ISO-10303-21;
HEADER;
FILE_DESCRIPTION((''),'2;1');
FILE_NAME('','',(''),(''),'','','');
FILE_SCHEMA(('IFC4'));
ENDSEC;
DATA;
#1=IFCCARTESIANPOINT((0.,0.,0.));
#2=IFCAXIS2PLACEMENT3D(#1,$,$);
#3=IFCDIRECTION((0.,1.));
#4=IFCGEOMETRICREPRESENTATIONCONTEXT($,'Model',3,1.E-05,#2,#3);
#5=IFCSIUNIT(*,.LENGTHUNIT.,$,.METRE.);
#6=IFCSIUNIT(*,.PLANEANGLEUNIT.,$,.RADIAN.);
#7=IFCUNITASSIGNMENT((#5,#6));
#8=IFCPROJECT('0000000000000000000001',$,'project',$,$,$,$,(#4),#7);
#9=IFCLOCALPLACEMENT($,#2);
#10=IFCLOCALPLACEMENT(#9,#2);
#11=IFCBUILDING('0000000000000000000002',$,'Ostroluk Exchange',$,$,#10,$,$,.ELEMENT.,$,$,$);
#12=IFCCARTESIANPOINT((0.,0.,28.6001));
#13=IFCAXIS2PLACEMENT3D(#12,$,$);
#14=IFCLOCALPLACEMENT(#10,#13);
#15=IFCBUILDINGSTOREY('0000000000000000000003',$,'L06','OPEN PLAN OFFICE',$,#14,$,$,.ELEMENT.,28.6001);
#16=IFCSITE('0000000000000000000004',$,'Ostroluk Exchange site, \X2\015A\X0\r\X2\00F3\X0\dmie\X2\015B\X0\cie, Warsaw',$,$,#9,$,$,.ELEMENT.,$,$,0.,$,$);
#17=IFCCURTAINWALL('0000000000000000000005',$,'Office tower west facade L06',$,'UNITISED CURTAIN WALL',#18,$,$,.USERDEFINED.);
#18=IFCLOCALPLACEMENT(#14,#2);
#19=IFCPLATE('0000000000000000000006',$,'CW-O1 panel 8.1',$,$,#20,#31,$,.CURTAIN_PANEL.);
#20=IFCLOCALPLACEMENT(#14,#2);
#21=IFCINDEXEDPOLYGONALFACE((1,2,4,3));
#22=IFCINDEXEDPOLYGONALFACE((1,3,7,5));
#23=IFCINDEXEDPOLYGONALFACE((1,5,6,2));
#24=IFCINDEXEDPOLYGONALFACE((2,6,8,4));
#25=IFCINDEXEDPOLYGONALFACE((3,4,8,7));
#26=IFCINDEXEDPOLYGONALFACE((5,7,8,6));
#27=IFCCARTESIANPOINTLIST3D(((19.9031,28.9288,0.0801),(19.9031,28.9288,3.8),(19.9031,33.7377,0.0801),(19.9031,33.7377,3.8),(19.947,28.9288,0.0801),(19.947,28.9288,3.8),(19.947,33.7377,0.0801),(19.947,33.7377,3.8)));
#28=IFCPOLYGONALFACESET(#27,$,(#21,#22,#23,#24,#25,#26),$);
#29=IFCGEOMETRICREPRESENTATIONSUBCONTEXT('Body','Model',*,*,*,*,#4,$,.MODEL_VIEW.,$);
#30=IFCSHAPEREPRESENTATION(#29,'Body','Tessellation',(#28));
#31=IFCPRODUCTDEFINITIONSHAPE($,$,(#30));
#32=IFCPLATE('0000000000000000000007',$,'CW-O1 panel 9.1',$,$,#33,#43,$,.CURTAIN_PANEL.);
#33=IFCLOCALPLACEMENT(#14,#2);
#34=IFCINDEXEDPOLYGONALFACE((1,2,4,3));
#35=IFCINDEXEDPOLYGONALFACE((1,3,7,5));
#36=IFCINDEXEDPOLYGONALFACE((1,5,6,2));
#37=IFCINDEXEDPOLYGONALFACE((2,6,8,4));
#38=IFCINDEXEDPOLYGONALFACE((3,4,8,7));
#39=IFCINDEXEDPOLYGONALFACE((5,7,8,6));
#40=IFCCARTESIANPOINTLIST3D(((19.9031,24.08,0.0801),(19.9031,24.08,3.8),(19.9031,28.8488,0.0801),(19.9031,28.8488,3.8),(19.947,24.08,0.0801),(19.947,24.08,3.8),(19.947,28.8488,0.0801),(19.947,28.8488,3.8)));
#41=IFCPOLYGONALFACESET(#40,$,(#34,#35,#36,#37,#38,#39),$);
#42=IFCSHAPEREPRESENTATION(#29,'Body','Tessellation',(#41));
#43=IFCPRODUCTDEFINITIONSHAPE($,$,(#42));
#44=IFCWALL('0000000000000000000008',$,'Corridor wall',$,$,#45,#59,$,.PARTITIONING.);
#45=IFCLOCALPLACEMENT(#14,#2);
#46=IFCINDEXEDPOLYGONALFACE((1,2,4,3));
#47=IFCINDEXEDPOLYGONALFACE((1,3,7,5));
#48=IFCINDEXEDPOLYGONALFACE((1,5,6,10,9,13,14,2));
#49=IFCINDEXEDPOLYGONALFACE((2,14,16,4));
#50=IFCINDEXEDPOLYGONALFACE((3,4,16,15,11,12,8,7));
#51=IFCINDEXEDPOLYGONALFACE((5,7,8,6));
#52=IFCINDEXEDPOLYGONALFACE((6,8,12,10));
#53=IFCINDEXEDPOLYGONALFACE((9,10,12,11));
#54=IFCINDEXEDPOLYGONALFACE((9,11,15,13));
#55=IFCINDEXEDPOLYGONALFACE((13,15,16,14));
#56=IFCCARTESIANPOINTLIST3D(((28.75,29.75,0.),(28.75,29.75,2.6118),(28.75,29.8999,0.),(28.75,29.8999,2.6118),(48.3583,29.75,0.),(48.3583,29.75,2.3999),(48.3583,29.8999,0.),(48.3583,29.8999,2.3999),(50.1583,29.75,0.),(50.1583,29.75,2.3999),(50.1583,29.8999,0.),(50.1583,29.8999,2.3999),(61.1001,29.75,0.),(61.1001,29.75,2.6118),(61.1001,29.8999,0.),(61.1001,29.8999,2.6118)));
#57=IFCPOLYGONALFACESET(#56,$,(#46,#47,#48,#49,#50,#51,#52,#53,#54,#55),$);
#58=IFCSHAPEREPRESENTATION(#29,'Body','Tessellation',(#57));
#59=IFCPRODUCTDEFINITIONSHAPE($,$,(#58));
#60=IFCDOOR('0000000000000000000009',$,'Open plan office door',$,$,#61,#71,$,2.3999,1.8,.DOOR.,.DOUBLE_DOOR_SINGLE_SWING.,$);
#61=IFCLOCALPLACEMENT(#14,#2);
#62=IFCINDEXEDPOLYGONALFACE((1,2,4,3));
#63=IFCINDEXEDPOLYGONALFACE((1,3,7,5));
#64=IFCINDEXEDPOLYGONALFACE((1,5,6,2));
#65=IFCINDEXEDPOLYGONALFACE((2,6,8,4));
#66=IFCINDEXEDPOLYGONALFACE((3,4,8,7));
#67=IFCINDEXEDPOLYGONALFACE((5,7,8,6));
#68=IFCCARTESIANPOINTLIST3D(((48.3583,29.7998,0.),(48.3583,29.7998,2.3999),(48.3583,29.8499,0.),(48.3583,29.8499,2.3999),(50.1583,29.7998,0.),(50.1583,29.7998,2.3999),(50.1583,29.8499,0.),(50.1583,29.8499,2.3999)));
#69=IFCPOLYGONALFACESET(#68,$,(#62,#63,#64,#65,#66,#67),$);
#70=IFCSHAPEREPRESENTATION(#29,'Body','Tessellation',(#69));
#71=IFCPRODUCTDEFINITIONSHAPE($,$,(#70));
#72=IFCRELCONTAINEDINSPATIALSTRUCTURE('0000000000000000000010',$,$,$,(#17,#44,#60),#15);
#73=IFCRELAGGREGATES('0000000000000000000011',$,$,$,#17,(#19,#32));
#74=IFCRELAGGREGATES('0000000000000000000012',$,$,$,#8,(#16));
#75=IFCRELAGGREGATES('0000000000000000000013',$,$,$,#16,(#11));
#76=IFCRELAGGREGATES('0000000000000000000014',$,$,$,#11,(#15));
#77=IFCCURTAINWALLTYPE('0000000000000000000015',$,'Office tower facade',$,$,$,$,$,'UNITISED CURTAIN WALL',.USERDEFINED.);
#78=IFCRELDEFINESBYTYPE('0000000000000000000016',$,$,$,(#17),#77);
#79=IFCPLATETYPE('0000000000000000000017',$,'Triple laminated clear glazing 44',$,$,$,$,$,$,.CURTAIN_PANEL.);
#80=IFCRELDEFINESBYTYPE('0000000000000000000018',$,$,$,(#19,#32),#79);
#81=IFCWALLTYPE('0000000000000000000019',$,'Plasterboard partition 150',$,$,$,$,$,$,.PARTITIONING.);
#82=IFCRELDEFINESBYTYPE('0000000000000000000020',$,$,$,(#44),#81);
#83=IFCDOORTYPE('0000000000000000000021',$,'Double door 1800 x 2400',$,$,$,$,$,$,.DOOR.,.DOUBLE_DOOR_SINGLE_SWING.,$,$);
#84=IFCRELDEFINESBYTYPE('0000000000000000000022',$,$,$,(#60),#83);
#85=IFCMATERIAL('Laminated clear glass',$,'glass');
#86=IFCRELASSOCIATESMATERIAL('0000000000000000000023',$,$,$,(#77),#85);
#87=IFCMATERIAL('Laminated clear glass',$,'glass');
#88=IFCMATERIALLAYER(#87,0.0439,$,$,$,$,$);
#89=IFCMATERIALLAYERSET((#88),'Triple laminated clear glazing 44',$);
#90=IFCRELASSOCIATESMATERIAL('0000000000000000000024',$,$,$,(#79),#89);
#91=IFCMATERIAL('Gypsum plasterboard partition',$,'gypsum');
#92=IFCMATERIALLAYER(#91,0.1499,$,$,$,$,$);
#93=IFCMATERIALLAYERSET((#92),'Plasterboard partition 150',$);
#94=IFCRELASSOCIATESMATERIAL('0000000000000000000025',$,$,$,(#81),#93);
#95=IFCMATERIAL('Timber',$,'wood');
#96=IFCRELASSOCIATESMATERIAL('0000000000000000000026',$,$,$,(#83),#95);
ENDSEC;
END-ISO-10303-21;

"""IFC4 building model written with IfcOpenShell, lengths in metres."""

from ifc_helpers import new_model, si_unit, direction, frame, frame_2d, origin, origin_2d, place, context, subcontext, project, spatial, rectangle, extrude, material, layer, layer_set, type_object, element, fill, aggregate, save


model = new_model("IFC4")

# Units and contexts
model_context = context("Model", 3, precision=1e-05, world=origin(), true_north=direction((0.0, 1.0)))
body_context = subcontext(model_context, "Body", "Model", "MODEL_VIEW")
ifc_project = project(units=[si_unit("LENGTHUNIT", "METRE"), si_unit("PLANEANGLEUNIT", "RADIAN")], contexts=[model_context])

# Site, building, storey
site_placement = place(None, origin())
site = spatial("IfcSite", under=ifc_project, at=site_placement, Name="Ostroluk Exchange site, Śródmieście, Warsaw", CompositionType="ELEMENT", RefElevation=0.0)
building_placement = place(site_placement, origin())
building = spatial("IfcBuilding", under=site, at=building_placement, Name="Ostroluk Exchange", CompositionType="ELEMENT")
storey_placement = place(building_placement, frame((0.0, 0.0, 28.6001)))
storey = spatial("IfcBuildingStorey", under=building, at=storey_placement, Name="L06", Description="OPEN PLAN OFFICE", CompositionType="ELEMENT", Elevation=28.6001)

# Curtain wall, plates
ifc_material_1 = material(Name="Laminated clear glass", Category="glass")
curtain_wall_type = type_object("IfcCurtainWallType", Name="Office tower facade", ElementType="UNITISED CURTAIN WALL", PredefinedType="USERDEFINED", material=ifc_material_1)
curtain_wall_placement = place(storey_placement, origin())
curtain_wall = element("IfcCurtainWall", 1, at=curtain_wall_placement, inside=storey, type_object=curtain_wall_type, Name="Office tower west facade L06", ObjectType="UNITISED CURTAIN WALL", PredefinedType="USERDEFINED")
ifc_material_2 = material(Name="Laminated clear glass", Category="glass")
ifc_layer_1 = layer(ifc_material_2, 0.0439)
ifc_layer_set_1 = layer_set([ifc_layer_1], Name="Triple laminated clear glazing 44")
plate_type = type_object("IfcPlateType", Name="Triple laminated clear glazing 44", PredefinedType="CURTAIN_PANEL", material=ifc_layer_set_1)
plate_1_placement = place(storey_placement, frame((19.925, 31.3333, 0.0801), z_axis=(0.0, 0.0, 1.0), x_axis=(0.0, -1.0, 0.0)))
plate_1 = element("IfcPlate", 2, at=plate_1_placement, type_object=plate_type, Name="CW-O1 panel 8.1", PredefinedType="CURTAIN_PANEL", context=body_context, shape_type="SweptSolid", body=[
    extrude(rectangle(XDim=4.8088, YDim=0.0439, at=origin_2d()), origin(), (0.0, 0.0, 1.0), 3.72),
])
plate_2_placement = place(storey_placement, frame((19.925, 26.4644, 0.0801), z_axis=(0.0, 0.0, 1.0), x_axis=(0.0, -1.0, 0.0)))
plate_2 = element("IfcPlate", 3, at=plate_2_placement, type_object=plate_type, Name="CW-O1 panel 9.1", PredefinedType="CURTAIN_PANEL", context=body_context, shape_type="SweptSolid", body=[
    extrude(rectangle(XDim=4.7688, YDim=0.0439, at=origin_2d()), origin(), (0.0, 0.0, 1.0), 3.72),
])
aggregate(curtain_wall, [plate_1, plate_2])

# Wall, opening, door
ifc_material_3 = material(Name="Gypsum plasterboard partition", Category="gypsum")
ifc_layer_2 = layer(ifc_material_3, 0.1499)
ifc_layer_set_2 = layer_set([ifc_layer_2], Name="Plasterboard partition 150")
wall_type = type_object("IfcWallType", Name="Plasterboard partition 150", PredefinedType="PARTITIONING", material=ifc_layer_set_2)
wall_placement = place(storey_placement, frame((28.75, 29.825, 0.0), z_axis=(0.0, 0.0, 1.0), x_axis=(1.0, 0.0, 0.0)))
wall = element("IfcWall", 4, at=wall_placement, inside=storey, type_object=wall_type, Name="Corridor wall", PredefinedType="PARTITIONING", context=body_context, shape_type="SweptSolid", body=[
    extrude(rectangle(XDim=32.3501, YDim=0.1499, at=frame_2d((16.175, 0.0))), origin(), (0.0, 0.0, 1.0), 2.6118),
])
opening_placement = place(wall_placement, frame((19.6084, 0.0, 0.0)))
opening = element("IfcOpeningElement", 5, at=opening_placement, cuts=wall, PredefinedType="OPENING", context=body_context, shape_type="SweptSolid", body=[
    extrude(rectangle(XDim=1.8, YDim=2.3999, at=frame_2d((0.8999, 1.2))), frame((0.0, 0.085, 0.0), z_axis=(0.0, -1.0, 0.0), x_axis=(1.0, 0.0, 0.0)), (0.0, 0.0, 1.0), 0.1699),
])
ifc_material_4 = material(Name="Timber", Category="wood")
door_type = type_object("IfcDoorType", Name="Double door 1800 x 2400", OperationType="DOUBLE_DOOR_SINGLE_SWING", PredefinedType="DOOR", material=ifc_material_4)
door_placement = place(opening_placement, origin())
door = element("IfcDoor", 6, at=door_placement, inside=storey, type_object=door_type, Name="Open plan office door", OperationType="DOUBLE_DOOR_SINGLE_SWING", OverallHeight=2.3999, OverallWidth=1.8, PredefinedType="DOOR", context=body_context, shape_type="SweptSolid", body=[
    extrude(rectangle(XDim=1.8, YDim=2.3999, at=frame_2d((0.8999, 1.2))), frame((0.0, 0.0249, 0.0), z_axis=(0.0, -1.0, 0.0), x_axis=(1.0, 0.0, 0.0)), (0.0, 0.0, 1.0), 0.05),
])
fill(opening, door)

save(model, "model.ifc")
